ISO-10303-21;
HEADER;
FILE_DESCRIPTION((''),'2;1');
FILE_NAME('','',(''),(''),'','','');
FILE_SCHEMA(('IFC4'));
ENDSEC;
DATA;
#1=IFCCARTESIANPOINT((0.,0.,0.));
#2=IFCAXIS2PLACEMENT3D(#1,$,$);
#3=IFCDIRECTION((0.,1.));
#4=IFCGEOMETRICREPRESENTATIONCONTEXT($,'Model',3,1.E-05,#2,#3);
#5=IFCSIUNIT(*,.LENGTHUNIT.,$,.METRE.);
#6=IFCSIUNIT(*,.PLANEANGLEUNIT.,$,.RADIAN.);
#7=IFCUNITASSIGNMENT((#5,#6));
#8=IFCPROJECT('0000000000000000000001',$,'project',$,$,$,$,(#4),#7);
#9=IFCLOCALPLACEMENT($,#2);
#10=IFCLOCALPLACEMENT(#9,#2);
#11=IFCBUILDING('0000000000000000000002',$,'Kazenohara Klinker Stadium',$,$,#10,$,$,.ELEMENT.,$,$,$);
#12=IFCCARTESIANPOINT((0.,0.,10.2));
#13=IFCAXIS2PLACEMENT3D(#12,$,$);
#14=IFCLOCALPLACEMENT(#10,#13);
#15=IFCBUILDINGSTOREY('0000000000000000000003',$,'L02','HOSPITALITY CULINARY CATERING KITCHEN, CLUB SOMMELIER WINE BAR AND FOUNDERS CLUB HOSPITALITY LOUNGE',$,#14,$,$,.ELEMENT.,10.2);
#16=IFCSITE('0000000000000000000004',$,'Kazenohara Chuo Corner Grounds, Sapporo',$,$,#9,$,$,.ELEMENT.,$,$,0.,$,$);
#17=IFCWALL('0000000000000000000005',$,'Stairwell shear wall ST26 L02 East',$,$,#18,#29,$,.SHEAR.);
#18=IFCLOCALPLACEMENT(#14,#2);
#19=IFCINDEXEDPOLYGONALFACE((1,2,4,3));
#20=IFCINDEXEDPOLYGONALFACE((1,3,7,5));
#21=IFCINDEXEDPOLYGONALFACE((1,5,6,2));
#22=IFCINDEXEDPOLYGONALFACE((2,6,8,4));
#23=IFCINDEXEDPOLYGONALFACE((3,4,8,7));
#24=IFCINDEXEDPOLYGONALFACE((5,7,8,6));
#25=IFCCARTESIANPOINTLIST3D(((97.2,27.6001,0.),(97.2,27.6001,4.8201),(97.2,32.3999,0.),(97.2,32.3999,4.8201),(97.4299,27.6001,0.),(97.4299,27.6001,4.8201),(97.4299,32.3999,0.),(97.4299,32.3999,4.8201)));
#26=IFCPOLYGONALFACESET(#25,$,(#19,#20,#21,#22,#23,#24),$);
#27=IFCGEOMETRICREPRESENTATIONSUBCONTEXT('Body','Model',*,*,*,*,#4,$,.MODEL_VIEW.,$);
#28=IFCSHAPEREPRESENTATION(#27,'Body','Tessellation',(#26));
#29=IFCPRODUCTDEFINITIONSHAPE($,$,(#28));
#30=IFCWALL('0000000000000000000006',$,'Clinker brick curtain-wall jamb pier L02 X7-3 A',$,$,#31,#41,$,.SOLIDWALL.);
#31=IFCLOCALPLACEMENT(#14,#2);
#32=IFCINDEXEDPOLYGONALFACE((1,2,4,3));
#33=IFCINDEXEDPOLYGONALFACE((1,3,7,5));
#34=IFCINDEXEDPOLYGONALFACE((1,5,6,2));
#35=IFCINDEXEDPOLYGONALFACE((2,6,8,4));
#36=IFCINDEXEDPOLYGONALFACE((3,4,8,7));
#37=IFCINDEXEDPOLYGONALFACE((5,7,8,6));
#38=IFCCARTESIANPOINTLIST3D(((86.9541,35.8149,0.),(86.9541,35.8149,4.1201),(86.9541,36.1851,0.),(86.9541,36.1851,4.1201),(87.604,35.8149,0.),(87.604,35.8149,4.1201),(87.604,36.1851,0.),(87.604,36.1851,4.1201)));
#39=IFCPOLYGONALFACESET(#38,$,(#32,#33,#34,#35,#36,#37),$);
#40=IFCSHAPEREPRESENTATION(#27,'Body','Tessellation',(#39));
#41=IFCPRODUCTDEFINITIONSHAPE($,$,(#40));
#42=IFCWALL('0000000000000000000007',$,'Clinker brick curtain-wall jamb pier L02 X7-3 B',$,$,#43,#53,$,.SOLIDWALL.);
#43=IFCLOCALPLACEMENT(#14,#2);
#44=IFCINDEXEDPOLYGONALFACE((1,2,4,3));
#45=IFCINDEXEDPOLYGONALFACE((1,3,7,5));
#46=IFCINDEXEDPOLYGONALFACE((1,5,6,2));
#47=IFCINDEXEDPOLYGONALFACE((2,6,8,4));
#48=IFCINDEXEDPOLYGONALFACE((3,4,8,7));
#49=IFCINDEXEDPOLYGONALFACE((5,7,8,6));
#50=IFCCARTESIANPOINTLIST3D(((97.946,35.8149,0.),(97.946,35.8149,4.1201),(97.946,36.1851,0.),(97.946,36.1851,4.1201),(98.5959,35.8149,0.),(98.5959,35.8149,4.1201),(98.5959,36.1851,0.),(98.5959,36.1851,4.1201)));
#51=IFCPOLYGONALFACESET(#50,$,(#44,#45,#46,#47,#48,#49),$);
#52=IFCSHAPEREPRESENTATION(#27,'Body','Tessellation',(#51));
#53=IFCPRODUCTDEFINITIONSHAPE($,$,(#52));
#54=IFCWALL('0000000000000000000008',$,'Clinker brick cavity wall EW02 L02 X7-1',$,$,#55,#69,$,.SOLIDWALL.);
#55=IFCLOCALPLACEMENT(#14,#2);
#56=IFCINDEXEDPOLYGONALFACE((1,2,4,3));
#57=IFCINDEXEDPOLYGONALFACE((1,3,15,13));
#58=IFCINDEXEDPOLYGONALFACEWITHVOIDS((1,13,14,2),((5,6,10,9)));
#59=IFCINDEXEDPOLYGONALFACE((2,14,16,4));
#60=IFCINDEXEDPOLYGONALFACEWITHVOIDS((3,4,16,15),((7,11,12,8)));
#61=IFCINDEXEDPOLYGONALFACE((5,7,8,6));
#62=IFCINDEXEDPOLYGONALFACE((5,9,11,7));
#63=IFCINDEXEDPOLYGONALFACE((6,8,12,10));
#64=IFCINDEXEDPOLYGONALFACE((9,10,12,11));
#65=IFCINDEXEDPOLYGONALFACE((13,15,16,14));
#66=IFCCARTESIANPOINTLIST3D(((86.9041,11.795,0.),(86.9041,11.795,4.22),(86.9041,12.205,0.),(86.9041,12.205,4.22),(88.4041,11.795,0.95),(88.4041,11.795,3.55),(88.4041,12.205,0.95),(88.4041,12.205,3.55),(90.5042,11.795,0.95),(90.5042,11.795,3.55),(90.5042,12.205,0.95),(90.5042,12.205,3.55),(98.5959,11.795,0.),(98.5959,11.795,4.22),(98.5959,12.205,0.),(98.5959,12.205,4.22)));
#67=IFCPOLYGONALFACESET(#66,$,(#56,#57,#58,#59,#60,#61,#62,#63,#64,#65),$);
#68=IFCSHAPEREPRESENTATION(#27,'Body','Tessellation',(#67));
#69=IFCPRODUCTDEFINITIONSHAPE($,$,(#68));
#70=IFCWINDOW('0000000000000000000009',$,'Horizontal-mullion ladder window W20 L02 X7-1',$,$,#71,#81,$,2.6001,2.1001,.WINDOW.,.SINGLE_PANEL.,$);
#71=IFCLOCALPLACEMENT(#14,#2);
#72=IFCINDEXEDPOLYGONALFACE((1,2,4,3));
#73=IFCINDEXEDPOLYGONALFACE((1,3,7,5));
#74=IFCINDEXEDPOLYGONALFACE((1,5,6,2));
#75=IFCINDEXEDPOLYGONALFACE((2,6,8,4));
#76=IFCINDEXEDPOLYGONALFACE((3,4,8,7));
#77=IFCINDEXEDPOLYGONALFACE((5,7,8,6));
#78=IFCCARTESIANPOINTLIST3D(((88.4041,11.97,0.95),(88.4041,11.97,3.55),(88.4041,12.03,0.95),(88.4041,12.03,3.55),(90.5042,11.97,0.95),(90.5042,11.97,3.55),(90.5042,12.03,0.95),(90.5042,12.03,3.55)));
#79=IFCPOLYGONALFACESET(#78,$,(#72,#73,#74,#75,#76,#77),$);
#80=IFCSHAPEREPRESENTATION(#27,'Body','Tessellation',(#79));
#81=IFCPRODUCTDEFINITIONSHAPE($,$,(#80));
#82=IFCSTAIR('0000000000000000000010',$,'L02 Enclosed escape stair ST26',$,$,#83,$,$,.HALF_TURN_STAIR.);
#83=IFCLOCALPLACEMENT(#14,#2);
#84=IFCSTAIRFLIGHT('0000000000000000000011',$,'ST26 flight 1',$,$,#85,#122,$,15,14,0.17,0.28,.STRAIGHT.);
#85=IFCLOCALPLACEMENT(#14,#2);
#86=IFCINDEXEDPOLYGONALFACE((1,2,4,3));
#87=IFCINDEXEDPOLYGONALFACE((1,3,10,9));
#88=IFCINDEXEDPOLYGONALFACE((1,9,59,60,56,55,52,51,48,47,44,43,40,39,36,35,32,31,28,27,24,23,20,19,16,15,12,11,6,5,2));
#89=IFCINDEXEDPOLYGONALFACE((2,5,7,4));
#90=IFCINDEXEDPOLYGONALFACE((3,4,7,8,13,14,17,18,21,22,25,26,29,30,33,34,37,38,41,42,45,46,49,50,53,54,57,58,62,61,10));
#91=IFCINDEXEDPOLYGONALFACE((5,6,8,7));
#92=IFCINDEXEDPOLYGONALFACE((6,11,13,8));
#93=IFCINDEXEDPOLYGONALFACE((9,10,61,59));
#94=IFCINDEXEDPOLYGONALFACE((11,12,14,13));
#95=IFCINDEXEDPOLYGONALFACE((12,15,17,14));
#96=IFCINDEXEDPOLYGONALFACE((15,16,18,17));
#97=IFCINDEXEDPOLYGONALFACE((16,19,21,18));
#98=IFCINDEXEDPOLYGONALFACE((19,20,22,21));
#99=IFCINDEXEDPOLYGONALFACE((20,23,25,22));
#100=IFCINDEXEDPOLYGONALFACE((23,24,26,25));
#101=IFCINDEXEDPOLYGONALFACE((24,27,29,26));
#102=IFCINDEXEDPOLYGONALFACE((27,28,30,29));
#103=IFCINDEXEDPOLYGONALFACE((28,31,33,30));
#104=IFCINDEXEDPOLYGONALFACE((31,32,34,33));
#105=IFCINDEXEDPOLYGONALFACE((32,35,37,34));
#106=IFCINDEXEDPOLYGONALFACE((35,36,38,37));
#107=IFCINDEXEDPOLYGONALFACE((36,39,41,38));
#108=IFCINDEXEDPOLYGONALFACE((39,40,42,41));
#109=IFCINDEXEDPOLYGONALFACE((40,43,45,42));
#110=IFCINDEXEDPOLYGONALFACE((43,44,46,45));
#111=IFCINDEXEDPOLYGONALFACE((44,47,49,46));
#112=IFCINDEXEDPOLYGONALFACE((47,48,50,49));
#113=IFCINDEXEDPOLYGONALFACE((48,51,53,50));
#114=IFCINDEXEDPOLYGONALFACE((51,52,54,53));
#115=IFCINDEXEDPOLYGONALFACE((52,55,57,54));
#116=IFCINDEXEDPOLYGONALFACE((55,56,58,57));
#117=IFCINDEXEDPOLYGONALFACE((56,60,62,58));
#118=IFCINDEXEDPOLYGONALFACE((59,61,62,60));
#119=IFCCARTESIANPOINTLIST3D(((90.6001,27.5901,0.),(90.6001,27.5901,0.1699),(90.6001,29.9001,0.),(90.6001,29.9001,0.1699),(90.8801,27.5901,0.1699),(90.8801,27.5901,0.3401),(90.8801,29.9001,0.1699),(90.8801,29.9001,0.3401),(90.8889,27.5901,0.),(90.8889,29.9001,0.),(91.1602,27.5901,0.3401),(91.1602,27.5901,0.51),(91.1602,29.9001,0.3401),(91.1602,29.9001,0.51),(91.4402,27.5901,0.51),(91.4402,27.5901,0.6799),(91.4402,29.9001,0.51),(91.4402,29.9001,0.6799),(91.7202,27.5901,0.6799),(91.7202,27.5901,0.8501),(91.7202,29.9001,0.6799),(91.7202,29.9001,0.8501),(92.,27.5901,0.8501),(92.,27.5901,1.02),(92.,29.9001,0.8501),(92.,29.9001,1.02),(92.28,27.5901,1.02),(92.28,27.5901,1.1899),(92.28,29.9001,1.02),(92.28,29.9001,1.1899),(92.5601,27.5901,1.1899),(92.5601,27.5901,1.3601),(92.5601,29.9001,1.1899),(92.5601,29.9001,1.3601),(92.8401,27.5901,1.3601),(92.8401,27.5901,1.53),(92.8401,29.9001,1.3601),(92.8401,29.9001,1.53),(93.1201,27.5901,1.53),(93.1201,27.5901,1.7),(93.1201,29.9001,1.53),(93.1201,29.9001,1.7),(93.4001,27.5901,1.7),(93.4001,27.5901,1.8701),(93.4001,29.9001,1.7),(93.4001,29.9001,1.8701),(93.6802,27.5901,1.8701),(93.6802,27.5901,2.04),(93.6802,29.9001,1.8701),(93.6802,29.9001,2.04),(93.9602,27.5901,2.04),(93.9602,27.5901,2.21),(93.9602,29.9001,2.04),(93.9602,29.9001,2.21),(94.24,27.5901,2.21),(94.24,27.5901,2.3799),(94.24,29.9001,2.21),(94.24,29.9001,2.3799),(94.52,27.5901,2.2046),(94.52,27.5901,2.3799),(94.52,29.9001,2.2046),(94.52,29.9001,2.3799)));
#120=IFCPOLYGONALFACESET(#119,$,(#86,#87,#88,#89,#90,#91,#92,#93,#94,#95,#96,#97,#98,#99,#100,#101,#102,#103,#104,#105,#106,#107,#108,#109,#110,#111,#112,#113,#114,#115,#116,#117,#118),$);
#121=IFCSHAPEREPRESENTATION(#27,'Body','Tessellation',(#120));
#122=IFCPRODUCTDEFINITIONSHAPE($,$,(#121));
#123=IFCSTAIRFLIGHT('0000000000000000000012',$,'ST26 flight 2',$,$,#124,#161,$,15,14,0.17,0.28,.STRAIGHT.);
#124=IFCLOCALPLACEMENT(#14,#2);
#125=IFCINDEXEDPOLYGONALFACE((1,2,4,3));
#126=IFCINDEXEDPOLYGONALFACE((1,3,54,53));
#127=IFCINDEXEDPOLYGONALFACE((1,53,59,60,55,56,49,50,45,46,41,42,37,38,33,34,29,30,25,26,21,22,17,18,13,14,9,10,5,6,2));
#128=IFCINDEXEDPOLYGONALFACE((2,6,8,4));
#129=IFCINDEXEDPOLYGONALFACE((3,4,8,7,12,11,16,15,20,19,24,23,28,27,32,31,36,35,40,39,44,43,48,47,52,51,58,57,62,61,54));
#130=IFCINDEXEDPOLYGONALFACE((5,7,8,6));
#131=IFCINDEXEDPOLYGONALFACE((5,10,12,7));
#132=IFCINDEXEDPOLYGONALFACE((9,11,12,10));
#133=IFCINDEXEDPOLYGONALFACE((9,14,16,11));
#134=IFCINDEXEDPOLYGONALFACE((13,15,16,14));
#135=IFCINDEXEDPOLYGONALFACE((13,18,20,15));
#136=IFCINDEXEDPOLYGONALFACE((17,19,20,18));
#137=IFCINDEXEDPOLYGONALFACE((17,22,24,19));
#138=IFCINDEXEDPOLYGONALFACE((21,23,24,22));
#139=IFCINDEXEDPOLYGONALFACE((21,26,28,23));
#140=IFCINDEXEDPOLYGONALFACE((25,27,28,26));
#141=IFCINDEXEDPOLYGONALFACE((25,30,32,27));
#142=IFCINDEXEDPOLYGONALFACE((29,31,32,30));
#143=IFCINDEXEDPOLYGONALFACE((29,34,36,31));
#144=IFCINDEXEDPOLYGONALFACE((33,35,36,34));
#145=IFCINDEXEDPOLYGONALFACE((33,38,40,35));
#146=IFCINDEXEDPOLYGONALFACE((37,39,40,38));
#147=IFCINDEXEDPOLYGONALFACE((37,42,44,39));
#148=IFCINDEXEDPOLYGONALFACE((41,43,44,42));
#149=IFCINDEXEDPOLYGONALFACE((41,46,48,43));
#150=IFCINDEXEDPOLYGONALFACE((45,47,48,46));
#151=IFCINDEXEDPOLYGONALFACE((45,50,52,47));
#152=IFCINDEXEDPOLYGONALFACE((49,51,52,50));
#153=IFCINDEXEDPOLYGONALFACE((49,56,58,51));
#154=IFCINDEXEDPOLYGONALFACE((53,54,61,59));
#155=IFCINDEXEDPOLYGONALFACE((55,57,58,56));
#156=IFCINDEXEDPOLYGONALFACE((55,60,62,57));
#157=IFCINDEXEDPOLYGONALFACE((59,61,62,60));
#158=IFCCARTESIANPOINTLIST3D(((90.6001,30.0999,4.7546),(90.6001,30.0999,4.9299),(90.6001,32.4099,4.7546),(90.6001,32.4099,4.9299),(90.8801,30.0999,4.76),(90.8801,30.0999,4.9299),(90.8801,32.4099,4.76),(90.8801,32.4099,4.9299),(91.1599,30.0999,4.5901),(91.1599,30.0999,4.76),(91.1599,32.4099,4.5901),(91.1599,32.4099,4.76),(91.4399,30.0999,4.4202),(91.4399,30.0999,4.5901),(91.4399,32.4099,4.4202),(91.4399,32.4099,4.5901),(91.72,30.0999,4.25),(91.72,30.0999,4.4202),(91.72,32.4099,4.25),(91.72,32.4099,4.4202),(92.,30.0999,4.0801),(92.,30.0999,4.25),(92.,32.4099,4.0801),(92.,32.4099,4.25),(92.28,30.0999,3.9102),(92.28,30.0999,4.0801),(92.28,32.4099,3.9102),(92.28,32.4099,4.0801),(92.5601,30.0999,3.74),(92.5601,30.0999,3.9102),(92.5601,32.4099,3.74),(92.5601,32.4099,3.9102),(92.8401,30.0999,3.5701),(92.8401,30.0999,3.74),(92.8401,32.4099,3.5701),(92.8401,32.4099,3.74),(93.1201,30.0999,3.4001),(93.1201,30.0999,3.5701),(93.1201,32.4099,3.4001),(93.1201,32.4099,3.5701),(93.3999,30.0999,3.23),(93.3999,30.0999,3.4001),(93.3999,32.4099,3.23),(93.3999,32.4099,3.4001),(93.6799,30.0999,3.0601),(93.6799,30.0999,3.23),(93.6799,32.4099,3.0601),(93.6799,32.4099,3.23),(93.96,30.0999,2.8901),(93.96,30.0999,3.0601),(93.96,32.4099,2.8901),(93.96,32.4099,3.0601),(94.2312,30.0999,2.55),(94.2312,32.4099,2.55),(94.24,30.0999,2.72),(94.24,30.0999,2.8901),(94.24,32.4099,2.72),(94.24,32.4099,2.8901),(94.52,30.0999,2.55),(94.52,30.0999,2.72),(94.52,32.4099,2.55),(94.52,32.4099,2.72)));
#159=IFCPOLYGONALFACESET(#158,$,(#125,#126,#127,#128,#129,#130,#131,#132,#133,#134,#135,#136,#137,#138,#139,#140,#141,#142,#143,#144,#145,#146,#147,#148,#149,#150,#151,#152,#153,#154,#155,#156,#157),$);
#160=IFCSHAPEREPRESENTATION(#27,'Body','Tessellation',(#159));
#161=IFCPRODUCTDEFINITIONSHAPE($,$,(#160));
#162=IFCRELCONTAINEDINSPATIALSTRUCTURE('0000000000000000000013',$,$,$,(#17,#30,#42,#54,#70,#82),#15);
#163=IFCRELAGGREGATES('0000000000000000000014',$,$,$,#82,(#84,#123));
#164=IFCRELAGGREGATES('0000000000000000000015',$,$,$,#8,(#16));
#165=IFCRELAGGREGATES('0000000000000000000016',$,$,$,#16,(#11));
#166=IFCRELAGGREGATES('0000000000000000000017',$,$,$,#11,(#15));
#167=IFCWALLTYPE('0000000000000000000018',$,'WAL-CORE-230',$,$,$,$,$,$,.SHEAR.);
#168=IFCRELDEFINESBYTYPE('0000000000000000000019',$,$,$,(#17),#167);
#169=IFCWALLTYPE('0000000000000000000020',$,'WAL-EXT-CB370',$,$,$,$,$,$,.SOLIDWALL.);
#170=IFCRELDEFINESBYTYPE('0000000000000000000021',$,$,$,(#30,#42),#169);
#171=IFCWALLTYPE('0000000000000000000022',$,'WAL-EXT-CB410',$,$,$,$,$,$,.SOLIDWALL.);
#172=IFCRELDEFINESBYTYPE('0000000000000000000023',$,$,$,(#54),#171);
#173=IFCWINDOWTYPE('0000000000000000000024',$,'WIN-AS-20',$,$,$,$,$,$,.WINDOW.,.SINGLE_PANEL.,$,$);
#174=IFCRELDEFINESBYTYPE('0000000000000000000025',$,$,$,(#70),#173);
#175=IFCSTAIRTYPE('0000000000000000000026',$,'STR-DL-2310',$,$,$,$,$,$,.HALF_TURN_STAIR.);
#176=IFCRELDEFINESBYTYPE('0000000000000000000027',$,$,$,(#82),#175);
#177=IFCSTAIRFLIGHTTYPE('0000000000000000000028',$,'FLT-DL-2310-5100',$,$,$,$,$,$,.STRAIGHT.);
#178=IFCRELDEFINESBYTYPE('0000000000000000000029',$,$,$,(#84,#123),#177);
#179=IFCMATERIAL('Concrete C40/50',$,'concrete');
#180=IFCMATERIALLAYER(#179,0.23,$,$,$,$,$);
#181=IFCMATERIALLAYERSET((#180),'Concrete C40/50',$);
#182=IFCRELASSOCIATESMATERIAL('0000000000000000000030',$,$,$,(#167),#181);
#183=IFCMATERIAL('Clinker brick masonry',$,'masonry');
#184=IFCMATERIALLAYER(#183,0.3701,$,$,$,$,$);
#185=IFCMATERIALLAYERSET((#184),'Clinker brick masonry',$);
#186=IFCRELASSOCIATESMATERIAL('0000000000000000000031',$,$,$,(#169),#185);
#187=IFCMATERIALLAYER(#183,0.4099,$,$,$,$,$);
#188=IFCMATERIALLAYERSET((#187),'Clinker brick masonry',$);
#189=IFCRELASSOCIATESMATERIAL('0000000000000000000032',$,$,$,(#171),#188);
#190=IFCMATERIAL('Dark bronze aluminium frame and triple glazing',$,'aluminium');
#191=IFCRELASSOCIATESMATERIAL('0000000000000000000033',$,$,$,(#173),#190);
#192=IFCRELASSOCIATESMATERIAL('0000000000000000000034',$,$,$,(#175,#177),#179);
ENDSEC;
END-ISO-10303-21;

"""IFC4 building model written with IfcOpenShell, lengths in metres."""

from ifc_helpers import new_model, si_unit, direction, frame, frame_2d, origin, place, context, subcontext, project, spatial, polyline, rectangle, outline, extrude, material, layer, layer_set, type_object, element, fill, aggregate, save


model = new_model("IFC4")

# Units and contexts
model_context = context("Model", 3, precision=1e-05, world=origin(), true_north=direction((0.0, 1.0)))
body_context = subcontext(model_context, "Body", "Model", "MODEL_VIEW")
ifc_project = project(units=[si_unit("LENGTHUNIT", "METRE"), si_unit("PLANEANGLEUNIT", "RADIAN")], contexts=[model_context])

# Site, building, storey
site_placement = place(None, origin())
site = spatial("IfcSite", under=ifc_project, at=site_placement, Name="Kazenohara Chuo Corner Grounds, Sapporo", CompositionType="ELEMENT", RefElevation=0.0)
building_placement = place(site_placement, origin())
building = spatial("IfcBuilding", under=site, at=building_placement, Name="Kazenohara Klinker Stadium", CompositionType="ELEMENT")
storey_placement = place(building_placement, frame((0.0, 0.0, 10.2)))
storey = spatial("IfcBuildingStorey", under=building, at=storey_placement, Name="L02", Description="HOSPITALITY CULINARY CATERING KITCHEN, CLUB SOMMELIER WINE BAR AND FOUNDERS CLUB HOSPITALITY LOUNGE", CompositionType="ELEMENT", Elevation=10.2)

# Shared definitions
ifc_material_1 = material(Name="Concrete C40/50", Category="concrete")

# Shared definitions
ifc_layer_1 = layer(ifc_material_1, 0.23)
ifc_layer_set_1 = layer_set([ifc_layer_1], Name="Concrete C40/50")
wall_type_1 = type_object("IfcWallType", Name="WAL-CORE-230", PredefinedType="SHEAR", material=ifc_layer_set_1)

# Walls
for number, where, z_axis, x_axis, name in (
    (1, (97.3149, 27.6001, 0.0), (0.0, 0.0, 1.0), (0.0, 1.0, 0.0), "Stairwell shear wall ST26 L02 East"),
):
    element("IfcWall", number, at=place(storey_placement, frame(where, z_axis=z_axis, x_axis=x_axis)), inside=storey, type_object=wall_type_1, Name=name, PredefinedType="SHEAR", context=body_context, shape_type="SweptSolid", body=[
        extrude(rectangle(XDim=4.7998, YDim=0.23, at=frame_2d((2.3999, 0.0))), origin(), (0.0, 0.0, 1.0), 4.8201),
    ])
ifc_material_2 = material(Name="Clinker brick masonry", Category="masonry")
ifc_layer_2 = layer(ifc_material_2, 0.3701)
ifc_layer_set_2 = layer_set([ifc_layer_2], Name="Clinker brick masonry")
wall_type_2 = type_object("IfcWallType", Name="WAL-EXT-CB370", PredefinedType="SOLIDWALL", material=ifc_layer_set_2)
for number, where, z_axis, x_axis, name in (
    (2, (86.9541, 36.0, 0.0), (0.0, 0.0, 1.0), (1.0, 0.0, 0.0), "Clinker brick curtain-wall jamb pier L02 X7-3 A"),
    (3, (97.946, 36.0, 0.0), (0.0, 0.0, 1.0), (1.0, 0.0, 0.0), "Clinker brick curtain-wall jamb pier L02 X7-3 B"),
):
    element("IfcWall", number, at=place(storey_placement, frame(where, z_axis=z_axis, x_axis=x_axis)), inside=storey, type_object=wall_type_2, Name=name, PredefinedType="SOLIDWALL", context=body_context, shape_type="SweptSolid", body=[
        extrude(rectangle(XDim=0.6499, YDim=0.3701, at=frame_2d((0.325, 0.0))), origin(), (0.0, 0.0, 1.0), 4.1201),
    ])

# Wall, opening, window
ifc_layer_3 = layer(ifc_material_2, 0.4099)
ifc_layer_set_3 = layer_set([ifc_layer_3], Name="Clinker brick masonry")
wall_type_3 = type_object("IfcWallType", Name="WAL-EXT-CB410", PredefinedType="SOLIDWALL", material=ifc_layer_set_3)
wall_1_placement = place(storey_placement, frame((86.9041, 12.0, 0.0), z_axis=(0.0, 0.0, 1.0), x_axis=(1.0, 0.0, 0.0)))
wall_1 = element("IfcWall", 4, at=wall_1_placement, inside=storey, type_object=wall_type_3, Name="Clinker brick cavity wall EW02 L02 X7-1", PredefinedType="SOLIDWALL", context=body_context, shape_type="SweptSolid", body=[
    extrude(rectangle(XDim=11.6919, YDim=0.4099, at=frame_2d((5.8459, 0.0))), origin(), (0.0, 0.0, 1.0), 4.22),
])
opening_1_placement = place(wall_1_placement, frame((1.5, 0.0, 0.95)))
opening_1 = element("IfcOpeningElement", 5, at=opening_1_placement, cuts=wall_1, PredefinedType="OPENING", context=body_context, shape_type="SweptSolid", body=[
    extrude(rectangle(XDim=2.1001, YDim=2.6001, at=frame_2d((1.05, 1.3))), frame((0.0, 0.2148, 0.0), z_axis=(0.0, -1.0, 0.0), x_axis=(1.0, 0.0, 0.0)), (0.0, 0.0, 1.0), 0.4299),
])
ifc_material_3 = material(Name="Dark bronze aluminium frame and triple glazing", Category="aluminium")
window_type = type_object("IfcWindowType", Name="WIN-AS-20", PartitioningType="SINGLE_PANEL", PredefinedType="WINDOW", material=ifc_material_3)
window_placement = place(opening_1_placement, origin())
window = element("IfcWindow", 6, at=window_placement, inside=storey, type_object=window_type, Name="Horizontal-mullion ladder window W20 L02 X7-1", OverallHeight=2.6001, OverallWidth=2.1001, PartitioningType="SINGLE_PANEL", PredefinedType="WINDOW", context=body_context, shape_type="SweptSolid", body=[
    extrude(rectangle(XDim=2.1001, YDim=2.6001, at=frame_2d((1.05, 1.3))), frame((0.0, 0.03, 0.0), z_axis=(0.0, -1.0, 0.0), x_axis=(1.0, 0.0, 0.0)), (0.0, 0.0, 1.0), 0.0601),
])
fill(opening_1, window)

# Stair, stair flights
stair_type = type_object("IfcStairType", Name="STR-DL-2310", PredefinedType="HALF_TURN_STAIR", material=ifc_material_1)
stair_placement = place(storey_placement, origin())
stair = element("IfcStair", 7, at=stair_placement, inside=storey, type_object=stair_type, Name="L02 Enclosed escape stair ST26", PredefinedType="HALF_TURN_STAIR")
stair_flight_type = type_object("IfcStairFlightType", Name="FLT-DL-2310-5100", PredefinedType="STRAIGHT", material=ifc_material_1)
stair_flight_1_placement = place(storey_placement, frame((90.6001, 28.7451, 0.0), z_axis=(0.0, 0.0, 1.0), x_axis=(1.0, 0.0, 0.0)))
stair_flight_1 = element("IfcStairFlight", 8, at=stair_flight_1_placement, type_object=stair_flight_type, Name="ST26 flight 1", NumberOfRisers=15, NumberOfTreads=14, PredefinedType="STRAIGHT", RiserHeight=0.17, TreadLength=0.28, context=body_context, shape_type="SweptSolid", body=[
    extrude(outline(polyline([(0.0, 0.0), (0.0, 0.1699), (0.28, 0.1699), (0.28, 0.3401), (0.5601, 0.3401), (0.5601, 0.51), (0.8401, 0.51), (0.8401, 0.6799), (1.1201, 0.6799), (1.1201, 0.8501), (1.3999, 0.8501), (1.3999, 1.02), (1.6799, 1.02), (1.6799, 1.1899), (1.96, 1.1899), (1.96, 1.3601), (2.24, 1.3601), (2.24, 1.53), (2.52, 1.53), (2.52, 1.7), (2.8, 1.7), (2.8, 1.8701), (3.0801, 1.8701), (3.0801, 2.04), (3.3601, 2.04), (3.3601, 2.21), (3.6399, 2.21), (3.6399, 2.3799), (3.9199, 2.3799), (3.9199, 2.55), (3.9199, 2.2046), (0.2888, 0.0), (0.0, 0.0)])), frame((0.0, 1.155, 0.0), z_axis=(0.0, -1.0, 0.0), x_axis=(1.0, 0.0, 0.0)), (0.0, 0.0, 1.0), 2.3101),
])
stair_flight_2_placement = place(storey_placement, frame((94.52, 31.2549, 2.55), z_axis=(0.0, 0.0, 1.0), x_axis=(-1.0, 0.0, 0.0)))
stair_flight_2 = element("IfcStairFlight", 9, at=stair_flight_2_placement, type_object=stair_flight_type, Name="ST26 flight 2", NumberOfRisers=15, NumberOfTreads=14, PredefinedType="STRAIGHT", RiserHeight=0.17, TreadLength=0.28, context=body_context, shape_type="SweptSolid", body=[
    extrude(outline(polyline([(0.0, 0.0), (0.0, 0.1699), (0.28, 0.1699), (0.28, 0.3401), (0.5601, 0.3401), (0.5601, 0.51), (0.8401, 0.51), (0.8401, 0.6799), (1.1201, 0.6799), (1.1201, 0.8501), (1.3999, 0.8501), (1.3999, 1.02), (1.6799, 1.02), (1.6799, 1.1899), (1.96, 1.1899), (1.96, 1.3601), (2.24, 1.3601), (2.24, 1.53), (2.52, 1.53), (2.52, 1.7), (2.8, 1.7), (2.8, 1.8701), (3.0801, 1.8701), (3.0801, 2.04), (3.3601, 2.04), (3.3601, 2.21), (3.6399, 2.21), (3.6399, 2.3799), (3.9199, 2.3799), (3.9199, 2.55), (3.9199, 2.2046), (0.2888, 0.0), (0.0, 0.0)])), frame((0.0, 1.155, 0.0), z_axis=(0.0, -1.0, 0.0), x_axis=(1.0, 0.0, 0.0)), (0.0, 0.0, 1.0), 2.3101),
])
aggregate(stair, [stair_flight_1, stair_flight_2])

save(model, "model.ifc")
